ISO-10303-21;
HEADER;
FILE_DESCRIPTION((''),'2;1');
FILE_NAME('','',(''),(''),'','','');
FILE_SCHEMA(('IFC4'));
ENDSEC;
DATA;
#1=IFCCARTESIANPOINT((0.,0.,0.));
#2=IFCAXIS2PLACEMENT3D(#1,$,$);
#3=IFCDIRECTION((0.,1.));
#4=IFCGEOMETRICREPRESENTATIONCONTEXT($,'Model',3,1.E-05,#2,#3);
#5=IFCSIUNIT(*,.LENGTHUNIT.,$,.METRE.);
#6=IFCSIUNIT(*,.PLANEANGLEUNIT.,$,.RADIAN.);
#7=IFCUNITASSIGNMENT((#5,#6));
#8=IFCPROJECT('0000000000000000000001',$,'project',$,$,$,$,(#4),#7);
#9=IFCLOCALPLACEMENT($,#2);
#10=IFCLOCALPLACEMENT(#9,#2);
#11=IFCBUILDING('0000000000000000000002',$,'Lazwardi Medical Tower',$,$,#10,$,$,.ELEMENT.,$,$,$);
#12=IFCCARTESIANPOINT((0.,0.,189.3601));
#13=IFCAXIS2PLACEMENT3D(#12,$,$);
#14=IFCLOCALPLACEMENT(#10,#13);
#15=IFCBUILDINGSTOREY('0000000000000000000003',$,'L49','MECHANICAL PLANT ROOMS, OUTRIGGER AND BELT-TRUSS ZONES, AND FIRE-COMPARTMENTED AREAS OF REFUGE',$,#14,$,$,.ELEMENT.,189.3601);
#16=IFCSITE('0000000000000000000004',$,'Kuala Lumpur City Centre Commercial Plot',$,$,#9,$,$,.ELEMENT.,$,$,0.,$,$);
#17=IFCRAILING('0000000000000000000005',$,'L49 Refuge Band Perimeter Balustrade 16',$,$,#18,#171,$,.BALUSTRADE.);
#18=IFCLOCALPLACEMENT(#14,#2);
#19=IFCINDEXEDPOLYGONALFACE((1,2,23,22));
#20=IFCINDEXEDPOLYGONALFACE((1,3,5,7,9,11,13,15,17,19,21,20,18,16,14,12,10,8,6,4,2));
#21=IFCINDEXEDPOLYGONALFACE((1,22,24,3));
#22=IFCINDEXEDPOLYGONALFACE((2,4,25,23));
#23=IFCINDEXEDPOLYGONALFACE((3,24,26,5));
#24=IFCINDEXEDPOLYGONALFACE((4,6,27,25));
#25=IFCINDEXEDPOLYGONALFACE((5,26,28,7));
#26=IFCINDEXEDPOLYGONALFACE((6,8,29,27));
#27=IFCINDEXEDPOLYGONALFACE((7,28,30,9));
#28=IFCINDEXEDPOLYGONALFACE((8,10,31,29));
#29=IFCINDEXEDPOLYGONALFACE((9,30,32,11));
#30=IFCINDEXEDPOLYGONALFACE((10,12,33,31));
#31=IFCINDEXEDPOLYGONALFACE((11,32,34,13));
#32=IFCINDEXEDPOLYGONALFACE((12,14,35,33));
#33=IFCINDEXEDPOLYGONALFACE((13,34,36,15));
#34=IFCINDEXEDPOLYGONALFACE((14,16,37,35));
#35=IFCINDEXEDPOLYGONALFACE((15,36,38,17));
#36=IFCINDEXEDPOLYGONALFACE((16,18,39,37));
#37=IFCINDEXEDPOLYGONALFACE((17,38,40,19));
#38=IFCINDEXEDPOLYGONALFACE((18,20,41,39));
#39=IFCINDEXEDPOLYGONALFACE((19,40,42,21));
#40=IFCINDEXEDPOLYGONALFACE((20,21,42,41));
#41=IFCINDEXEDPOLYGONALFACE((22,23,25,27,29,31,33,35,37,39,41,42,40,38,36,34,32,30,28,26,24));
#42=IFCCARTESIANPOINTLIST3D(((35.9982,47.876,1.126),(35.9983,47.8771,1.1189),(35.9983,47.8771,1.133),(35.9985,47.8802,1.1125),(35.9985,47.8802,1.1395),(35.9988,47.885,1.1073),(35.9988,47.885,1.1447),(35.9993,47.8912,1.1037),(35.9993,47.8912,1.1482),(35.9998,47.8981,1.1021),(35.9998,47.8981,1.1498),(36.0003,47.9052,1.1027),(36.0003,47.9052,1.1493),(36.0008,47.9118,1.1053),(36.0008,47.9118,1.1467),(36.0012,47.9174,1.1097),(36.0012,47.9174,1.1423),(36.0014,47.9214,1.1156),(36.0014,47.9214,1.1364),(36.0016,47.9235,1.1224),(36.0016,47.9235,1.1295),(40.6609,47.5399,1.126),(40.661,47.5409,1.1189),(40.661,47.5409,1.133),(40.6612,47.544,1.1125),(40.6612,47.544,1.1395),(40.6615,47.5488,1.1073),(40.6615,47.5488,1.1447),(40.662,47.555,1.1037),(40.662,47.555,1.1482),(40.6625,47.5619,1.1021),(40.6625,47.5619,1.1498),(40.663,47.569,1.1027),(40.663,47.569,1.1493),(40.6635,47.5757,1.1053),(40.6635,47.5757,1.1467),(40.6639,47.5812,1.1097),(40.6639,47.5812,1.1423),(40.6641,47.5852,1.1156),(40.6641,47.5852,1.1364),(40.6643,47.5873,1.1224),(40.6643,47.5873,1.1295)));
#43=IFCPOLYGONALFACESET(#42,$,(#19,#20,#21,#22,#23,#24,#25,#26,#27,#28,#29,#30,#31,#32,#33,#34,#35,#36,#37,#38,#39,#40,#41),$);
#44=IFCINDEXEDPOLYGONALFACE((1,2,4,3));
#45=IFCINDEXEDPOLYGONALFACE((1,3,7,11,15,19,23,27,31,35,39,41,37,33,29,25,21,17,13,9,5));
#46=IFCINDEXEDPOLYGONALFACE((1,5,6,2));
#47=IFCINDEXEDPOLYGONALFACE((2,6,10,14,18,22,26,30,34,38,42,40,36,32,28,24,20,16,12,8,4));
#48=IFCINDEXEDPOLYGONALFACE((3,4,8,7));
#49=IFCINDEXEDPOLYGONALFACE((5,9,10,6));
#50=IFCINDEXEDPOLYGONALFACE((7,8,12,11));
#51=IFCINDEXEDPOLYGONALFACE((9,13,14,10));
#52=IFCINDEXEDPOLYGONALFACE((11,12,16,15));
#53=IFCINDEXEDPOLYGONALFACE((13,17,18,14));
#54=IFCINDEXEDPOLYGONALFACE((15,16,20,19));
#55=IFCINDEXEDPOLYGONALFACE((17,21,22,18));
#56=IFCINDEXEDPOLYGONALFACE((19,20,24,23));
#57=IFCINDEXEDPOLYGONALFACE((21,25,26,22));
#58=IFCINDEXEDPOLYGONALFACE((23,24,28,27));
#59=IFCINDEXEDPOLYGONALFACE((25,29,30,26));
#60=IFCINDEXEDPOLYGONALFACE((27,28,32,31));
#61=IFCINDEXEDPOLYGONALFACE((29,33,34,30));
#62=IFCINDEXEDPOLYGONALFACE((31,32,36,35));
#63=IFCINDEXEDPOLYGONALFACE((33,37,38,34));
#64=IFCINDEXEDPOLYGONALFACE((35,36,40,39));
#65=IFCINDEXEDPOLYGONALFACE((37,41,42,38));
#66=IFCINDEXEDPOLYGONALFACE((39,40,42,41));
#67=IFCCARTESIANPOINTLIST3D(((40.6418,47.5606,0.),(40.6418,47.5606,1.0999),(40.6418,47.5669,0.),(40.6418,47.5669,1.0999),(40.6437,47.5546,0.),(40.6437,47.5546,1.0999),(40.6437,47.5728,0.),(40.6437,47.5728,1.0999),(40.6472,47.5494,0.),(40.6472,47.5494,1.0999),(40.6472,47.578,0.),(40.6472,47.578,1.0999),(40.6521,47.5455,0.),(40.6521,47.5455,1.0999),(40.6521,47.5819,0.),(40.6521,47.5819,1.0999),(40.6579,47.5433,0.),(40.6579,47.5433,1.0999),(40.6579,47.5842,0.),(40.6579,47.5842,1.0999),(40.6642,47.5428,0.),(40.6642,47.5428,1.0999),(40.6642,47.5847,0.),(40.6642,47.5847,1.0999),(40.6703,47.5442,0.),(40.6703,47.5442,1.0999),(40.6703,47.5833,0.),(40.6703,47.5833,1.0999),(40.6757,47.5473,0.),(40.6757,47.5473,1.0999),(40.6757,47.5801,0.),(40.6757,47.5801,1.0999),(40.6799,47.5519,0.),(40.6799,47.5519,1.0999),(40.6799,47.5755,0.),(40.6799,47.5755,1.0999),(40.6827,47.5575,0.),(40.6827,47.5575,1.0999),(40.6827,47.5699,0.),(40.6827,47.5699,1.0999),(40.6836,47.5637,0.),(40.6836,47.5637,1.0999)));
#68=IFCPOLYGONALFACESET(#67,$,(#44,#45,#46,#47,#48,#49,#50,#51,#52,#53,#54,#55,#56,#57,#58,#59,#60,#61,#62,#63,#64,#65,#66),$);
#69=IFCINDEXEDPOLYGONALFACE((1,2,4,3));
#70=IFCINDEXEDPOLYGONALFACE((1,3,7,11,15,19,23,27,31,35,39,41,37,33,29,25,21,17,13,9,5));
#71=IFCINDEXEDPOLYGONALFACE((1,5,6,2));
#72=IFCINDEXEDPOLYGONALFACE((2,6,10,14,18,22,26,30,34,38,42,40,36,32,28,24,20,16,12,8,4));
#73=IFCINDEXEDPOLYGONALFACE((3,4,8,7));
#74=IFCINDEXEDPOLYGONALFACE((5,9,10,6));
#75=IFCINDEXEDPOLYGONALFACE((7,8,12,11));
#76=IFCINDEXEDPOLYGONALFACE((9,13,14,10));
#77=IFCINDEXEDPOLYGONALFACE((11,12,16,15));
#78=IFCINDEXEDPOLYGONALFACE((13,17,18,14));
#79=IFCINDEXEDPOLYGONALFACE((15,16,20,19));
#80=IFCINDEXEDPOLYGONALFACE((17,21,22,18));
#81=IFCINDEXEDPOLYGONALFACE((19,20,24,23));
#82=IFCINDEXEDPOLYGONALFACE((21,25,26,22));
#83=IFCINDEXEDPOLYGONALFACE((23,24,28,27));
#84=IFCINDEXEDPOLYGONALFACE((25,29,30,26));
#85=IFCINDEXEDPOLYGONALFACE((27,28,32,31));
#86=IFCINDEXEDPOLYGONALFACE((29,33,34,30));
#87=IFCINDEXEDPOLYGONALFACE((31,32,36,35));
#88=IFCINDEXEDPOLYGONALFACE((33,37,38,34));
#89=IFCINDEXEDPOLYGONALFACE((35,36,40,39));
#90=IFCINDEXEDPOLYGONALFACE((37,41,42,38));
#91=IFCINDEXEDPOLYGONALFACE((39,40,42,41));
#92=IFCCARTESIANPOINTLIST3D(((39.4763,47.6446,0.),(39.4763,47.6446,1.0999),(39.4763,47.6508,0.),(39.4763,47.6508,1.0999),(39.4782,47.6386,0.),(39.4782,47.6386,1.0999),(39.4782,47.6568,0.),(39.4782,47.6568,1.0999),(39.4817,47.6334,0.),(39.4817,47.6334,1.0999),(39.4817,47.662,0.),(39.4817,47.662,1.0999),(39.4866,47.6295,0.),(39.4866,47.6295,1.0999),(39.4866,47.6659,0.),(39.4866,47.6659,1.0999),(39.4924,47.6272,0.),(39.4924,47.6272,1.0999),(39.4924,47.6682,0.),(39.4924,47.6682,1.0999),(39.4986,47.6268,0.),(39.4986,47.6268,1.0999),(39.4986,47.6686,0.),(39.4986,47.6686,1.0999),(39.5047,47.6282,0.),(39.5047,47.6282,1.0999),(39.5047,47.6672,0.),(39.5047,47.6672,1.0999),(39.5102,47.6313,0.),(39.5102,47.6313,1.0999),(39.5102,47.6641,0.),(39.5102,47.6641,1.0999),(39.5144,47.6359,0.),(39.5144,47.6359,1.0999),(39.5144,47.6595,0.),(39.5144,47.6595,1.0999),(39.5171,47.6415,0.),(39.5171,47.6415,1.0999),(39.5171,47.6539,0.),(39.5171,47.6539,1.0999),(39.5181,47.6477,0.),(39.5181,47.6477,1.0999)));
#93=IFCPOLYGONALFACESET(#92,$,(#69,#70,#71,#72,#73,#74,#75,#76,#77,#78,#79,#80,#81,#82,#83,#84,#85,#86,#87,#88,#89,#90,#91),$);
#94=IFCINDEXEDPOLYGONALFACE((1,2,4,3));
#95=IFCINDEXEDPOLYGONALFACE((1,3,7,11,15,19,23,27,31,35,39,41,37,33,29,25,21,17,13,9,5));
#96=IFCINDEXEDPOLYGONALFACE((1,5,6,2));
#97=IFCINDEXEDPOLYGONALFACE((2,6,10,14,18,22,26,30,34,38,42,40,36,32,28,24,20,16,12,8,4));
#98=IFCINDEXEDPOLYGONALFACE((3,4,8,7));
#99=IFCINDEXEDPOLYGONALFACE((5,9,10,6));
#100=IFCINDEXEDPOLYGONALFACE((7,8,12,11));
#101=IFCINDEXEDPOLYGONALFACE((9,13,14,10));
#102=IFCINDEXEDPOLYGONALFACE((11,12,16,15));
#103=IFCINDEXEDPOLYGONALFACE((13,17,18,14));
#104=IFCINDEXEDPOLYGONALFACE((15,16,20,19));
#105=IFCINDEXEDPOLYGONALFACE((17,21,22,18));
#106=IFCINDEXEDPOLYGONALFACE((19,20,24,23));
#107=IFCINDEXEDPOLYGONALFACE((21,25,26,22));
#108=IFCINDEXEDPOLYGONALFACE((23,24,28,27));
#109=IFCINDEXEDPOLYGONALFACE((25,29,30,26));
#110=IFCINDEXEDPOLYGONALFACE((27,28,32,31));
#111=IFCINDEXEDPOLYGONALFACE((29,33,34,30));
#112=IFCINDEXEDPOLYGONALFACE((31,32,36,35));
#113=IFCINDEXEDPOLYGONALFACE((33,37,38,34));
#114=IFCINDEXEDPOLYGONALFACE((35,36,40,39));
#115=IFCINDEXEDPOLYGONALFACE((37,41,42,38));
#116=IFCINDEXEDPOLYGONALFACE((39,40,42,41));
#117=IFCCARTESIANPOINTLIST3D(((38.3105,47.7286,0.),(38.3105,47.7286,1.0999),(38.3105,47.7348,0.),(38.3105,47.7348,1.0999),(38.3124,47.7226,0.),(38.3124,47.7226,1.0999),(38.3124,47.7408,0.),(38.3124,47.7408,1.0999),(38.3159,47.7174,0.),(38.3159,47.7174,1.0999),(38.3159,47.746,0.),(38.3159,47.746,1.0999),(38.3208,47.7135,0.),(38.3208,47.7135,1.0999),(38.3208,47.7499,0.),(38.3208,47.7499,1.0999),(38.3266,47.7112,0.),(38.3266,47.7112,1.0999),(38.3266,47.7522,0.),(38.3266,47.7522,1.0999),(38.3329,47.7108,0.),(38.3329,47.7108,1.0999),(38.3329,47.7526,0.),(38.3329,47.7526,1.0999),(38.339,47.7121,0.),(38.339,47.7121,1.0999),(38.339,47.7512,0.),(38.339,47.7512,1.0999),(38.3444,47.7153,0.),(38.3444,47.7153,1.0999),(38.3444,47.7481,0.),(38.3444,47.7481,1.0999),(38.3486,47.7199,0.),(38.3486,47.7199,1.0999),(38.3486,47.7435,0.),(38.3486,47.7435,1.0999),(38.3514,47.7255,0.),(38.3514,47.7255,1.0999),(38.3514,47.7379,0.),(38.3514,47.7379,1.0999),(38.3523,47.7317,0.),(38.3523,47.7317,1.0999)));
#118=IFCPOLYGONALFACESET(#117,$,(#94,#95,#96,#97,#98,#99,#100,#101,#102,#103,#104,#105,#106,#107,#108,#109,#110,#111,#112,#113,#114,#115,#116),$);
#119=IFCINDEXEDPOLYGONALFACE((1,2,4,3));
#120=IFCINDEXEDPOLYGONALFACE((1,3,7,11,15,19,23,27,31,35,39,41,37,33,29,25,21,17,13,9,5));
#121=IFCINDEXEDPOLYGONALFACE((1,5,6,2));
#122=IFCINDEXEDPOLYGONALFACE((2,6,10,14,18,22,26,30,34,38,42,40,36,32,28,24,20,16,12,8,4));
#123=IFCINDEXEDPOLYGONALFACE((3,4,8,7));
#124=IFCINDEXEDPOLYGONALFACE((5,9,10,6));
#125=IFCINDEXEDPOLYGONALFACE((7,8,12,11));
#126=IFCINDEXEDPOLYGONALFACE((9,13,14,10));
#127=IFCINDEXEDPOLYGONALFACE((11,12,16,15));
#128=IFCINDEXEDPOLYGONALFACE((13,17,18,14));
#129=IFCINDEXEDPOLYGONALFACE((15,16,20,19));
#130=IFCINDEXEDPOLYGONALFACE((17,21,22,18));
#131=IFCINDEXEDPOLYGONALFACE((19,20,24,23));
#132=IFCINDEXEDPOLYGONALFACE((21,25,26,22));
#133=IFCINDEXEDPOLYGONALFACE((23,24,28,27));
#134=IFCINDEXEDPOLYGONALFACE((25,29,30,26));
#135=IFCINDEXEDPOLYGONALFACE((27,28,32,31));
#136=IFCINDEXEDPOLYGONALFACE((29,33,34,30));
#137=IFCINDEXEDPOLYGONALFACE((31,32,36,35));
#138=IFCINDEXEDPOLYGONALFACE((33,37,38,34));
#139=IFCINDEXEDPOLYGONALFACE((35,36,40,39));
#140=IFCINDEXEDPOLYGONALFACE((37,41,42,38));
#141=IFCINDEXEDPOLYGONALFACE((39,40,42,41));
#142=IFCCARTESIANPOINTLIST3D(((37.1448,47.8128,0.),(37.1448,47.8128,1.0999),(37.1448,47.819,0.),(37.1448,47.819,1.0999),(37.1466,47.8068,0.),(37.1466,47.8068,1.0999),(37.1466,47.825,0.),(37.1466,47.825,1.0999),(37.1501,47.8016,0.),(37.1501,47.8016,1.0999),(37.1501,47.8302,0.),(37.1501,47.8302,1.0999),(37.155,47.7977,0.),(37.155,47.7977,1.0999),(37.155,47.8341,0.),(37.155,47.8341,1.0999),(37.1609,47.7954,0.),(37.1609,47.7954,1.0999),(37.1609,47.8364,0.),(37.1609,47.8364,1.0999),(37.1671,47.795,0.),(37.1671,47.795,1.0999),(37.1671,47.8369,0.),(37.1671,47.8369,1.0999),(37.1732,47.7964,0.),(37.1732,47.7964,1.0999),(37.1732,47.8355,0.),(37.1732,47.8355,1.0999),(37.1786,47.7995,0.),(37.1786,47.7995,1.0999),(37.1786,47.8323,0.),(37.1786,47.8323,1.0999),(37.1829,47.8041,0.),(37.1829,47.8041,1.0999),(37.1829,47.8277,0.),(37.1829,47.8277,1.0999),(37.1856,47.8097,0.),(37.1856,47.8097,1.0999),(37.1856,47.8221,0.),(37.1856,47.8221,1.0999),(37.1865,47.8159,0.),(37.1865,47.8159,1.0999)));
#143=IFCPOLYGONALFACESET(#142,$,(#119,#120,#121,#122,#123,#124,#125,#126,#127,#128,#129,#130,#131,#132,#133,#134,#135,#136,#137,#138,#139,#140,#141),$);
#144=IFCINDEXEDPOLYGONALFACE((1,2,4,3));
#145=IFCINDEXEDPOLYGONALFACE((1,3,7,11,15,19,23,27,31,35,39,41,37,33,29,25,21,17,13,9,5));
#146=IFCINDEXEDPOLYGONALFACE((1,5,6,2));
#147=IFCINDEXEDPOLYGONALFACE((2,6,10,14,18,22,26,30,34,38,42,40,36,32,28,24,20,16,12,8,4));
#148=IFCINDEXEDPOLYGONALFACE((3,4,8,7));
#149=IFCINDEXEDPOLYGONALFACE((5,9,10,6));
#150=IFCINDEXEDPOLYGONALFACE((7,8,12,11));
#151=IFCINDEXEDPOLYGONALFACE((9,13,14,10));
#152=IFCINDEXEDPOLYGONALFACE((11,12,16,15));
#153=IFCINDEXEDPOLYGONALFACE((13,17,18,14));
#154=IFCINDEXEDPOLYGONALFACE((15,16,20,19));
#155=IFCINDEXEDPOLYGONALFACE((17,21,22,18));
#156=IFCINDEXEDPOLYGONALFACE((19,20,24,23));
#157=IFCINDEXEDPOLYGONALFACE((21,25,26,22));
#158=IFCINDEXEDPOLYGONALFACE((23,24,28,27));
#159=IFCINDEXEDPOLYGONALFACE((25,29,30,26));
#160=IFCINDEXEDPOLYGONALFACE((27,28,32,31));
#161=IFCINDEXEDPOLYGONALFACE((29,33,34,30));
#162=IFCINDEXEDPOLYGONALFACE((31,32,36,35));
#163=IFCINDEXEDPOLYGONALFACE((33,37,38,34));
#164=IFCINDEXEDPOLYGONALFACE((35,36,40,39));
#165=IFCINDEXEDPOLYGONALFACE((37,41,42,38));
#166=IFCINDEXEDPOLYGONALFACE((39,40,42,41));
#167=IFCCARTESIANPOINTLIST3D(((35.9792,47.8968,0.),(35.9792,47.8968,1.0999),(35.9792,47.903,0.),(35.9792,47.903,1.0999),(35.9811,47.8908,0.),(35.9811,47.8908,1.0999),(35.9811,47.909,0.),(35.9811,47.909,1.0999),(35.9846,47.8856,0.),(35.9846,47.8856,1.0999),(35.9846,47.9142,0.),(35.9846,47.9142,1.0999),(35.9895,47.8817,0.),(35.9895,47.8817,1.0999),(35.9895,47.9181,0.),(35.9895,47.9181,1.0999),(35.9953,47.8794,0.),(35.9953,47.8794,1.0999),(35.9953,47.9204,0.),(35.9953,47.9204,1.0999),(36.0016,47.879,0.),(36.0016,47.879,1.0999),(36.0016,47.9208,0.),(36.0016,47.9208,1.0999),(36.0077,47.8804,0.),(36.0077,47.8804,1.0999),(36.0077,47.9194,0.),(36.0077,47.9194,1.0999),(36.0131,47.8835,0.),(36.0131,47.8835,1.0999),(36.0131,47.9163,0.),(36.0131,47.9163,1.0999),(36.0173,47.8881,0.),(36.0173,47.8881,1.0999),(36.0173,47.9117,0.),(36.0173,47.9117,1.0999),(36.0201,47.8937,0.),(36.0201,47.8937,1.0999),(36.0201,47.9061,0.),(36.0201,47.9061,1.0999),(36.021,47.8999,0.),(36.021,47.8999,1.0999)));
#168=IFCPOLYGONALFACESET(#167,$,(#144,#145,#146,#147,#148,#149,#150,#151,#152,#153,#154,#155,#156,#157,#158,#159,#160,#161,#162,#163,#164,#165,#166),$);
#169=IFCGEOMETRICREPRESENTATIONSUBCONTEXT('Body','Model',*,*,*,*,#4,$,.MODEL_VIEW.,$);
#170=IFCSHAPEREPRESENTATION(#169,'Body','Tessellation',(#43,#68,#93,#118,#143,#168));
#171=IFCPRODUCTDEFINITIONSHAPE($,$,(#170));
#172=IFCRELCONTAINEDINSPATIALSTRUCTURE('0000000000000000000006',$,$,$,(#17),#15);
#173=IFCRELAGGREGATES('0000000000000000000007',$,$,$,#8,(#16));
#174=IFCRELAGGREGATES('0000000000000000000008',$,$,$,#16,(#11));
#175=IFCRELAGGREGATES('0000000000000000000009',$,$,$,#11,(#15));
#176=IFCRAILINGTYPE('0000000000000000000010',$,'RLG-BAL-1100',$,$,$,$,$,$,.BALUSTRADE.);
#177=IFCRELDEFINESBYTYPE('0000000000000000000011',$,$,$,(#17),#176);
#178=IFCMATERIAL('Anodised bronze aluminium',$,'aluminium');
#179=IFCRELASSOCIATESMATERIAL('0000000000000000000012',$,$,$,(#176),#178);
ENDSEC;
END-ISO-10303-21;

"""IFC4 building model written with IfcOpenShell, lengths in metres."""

from ifc_helpers import new_model, si_unit, direction, frame, origin, origin_2d, place, context, subcontext, project, spatial, circle, extrude, material, type_object, element, save


model = new_model("IFC4")

# Units and contexts
model_context = context("Model", 3, precision=1e-05, world=origin(), true_north=direction((0.0, 1.0)))
body_context = subcontext(model_context, "Body", "Model", "MODEL_VIEW")
ifc_project = project(units=[si_unit("LENGTHUNIT", "METRE"), si_unit("PLANEANGLEUNIT", "RADIAN")], contexts=[model_context])

# Site, building, storey
site_placement = place(None, origin())
site = spatial("IfcSite", under=ifc_project, at=site_placement, Name="Kuala Lumpur City Centre Commercial Plot", CompositionType="ELEMENT", RefElevation=0.0)
building_placement = place(site_placement, origin())
building = spatial("IfcBuilding", under=site, at=building_placement, Name="Lazwardi Medical Tower", CompositionType="ELEMENT")
storey_placement = place(building_placement, frame((0.0, 0.0, 189.3601)))
storey = spatial("IfcBuildingStorey", under=building, at=storey_placement, Name="L49", Description="MECHANICAL PLANT ROOMS, OUTRIGGER AND BELT-TRUSS ZONES, AND FIRE-COMPARTMENTED AREAS OF REFUGE", CompositionType="ELEMENT", Elevation=189.3601)

# Railing
ifc_material_1 = material(Name="Anodised bronze aluminium", Category="aluminium")
railing_type = type_object("IfcRailingType", Name="RLG-BAL-1100", PredefinedType="BALUSTRADE", material=ifc_material_1)
railing_1_placement = place(storey_placement, frame((40.6626, 47.5637, 0.0)))
element("IfcRailing", 1, at=railing_1_placement, inside=storey, type_object=railing_type, Name="L49 Refuge Band Perimeter Balustrade 16", PredefinedType="BALUSTRADE", context=body_context, shape_type="SweptSolid", body=[
    extrude(circle(Radius=0.0239, at=origin_2d()), frame((0.0, 0.0, 1.126), z_axis=(-0.997411, 0.071915, 0.0), x_axis=(-0.071915, -0.997411, 0.0)), (0.0, 0.0, 1.0), 4.6748),
    extrude(circle(Radius=0.021, at=origin_2d()), origin(), (0.0, 0.0, 1.0), 1.0999),
    extrude(circle(Radius=0.021, at=origin_2d()), frame((-1.1655, 0.084, 0.0)), (0.0, 0.0, 1.0), 1.0999),
    extrude(circle(Radius=0.021, at=origin_2d()), frame((-2.3313, 0.168, 0.0)), (0.0, 0.0, 1.0), 1.0999),
    extrude(circle(Radius=0.021, at=origin_2d()), frame((-3.4971, 0.2522, 0.0)), (0.0, 0.0, 1.0), 1.0999),
    extrude(circle(Radius=0.021, at=origin_2d()), frame((-4.6626, 0.3362, 0.0)), (0.0, 0.0, 1.0), 1.0999),
])

save(model, "model.ifc")
